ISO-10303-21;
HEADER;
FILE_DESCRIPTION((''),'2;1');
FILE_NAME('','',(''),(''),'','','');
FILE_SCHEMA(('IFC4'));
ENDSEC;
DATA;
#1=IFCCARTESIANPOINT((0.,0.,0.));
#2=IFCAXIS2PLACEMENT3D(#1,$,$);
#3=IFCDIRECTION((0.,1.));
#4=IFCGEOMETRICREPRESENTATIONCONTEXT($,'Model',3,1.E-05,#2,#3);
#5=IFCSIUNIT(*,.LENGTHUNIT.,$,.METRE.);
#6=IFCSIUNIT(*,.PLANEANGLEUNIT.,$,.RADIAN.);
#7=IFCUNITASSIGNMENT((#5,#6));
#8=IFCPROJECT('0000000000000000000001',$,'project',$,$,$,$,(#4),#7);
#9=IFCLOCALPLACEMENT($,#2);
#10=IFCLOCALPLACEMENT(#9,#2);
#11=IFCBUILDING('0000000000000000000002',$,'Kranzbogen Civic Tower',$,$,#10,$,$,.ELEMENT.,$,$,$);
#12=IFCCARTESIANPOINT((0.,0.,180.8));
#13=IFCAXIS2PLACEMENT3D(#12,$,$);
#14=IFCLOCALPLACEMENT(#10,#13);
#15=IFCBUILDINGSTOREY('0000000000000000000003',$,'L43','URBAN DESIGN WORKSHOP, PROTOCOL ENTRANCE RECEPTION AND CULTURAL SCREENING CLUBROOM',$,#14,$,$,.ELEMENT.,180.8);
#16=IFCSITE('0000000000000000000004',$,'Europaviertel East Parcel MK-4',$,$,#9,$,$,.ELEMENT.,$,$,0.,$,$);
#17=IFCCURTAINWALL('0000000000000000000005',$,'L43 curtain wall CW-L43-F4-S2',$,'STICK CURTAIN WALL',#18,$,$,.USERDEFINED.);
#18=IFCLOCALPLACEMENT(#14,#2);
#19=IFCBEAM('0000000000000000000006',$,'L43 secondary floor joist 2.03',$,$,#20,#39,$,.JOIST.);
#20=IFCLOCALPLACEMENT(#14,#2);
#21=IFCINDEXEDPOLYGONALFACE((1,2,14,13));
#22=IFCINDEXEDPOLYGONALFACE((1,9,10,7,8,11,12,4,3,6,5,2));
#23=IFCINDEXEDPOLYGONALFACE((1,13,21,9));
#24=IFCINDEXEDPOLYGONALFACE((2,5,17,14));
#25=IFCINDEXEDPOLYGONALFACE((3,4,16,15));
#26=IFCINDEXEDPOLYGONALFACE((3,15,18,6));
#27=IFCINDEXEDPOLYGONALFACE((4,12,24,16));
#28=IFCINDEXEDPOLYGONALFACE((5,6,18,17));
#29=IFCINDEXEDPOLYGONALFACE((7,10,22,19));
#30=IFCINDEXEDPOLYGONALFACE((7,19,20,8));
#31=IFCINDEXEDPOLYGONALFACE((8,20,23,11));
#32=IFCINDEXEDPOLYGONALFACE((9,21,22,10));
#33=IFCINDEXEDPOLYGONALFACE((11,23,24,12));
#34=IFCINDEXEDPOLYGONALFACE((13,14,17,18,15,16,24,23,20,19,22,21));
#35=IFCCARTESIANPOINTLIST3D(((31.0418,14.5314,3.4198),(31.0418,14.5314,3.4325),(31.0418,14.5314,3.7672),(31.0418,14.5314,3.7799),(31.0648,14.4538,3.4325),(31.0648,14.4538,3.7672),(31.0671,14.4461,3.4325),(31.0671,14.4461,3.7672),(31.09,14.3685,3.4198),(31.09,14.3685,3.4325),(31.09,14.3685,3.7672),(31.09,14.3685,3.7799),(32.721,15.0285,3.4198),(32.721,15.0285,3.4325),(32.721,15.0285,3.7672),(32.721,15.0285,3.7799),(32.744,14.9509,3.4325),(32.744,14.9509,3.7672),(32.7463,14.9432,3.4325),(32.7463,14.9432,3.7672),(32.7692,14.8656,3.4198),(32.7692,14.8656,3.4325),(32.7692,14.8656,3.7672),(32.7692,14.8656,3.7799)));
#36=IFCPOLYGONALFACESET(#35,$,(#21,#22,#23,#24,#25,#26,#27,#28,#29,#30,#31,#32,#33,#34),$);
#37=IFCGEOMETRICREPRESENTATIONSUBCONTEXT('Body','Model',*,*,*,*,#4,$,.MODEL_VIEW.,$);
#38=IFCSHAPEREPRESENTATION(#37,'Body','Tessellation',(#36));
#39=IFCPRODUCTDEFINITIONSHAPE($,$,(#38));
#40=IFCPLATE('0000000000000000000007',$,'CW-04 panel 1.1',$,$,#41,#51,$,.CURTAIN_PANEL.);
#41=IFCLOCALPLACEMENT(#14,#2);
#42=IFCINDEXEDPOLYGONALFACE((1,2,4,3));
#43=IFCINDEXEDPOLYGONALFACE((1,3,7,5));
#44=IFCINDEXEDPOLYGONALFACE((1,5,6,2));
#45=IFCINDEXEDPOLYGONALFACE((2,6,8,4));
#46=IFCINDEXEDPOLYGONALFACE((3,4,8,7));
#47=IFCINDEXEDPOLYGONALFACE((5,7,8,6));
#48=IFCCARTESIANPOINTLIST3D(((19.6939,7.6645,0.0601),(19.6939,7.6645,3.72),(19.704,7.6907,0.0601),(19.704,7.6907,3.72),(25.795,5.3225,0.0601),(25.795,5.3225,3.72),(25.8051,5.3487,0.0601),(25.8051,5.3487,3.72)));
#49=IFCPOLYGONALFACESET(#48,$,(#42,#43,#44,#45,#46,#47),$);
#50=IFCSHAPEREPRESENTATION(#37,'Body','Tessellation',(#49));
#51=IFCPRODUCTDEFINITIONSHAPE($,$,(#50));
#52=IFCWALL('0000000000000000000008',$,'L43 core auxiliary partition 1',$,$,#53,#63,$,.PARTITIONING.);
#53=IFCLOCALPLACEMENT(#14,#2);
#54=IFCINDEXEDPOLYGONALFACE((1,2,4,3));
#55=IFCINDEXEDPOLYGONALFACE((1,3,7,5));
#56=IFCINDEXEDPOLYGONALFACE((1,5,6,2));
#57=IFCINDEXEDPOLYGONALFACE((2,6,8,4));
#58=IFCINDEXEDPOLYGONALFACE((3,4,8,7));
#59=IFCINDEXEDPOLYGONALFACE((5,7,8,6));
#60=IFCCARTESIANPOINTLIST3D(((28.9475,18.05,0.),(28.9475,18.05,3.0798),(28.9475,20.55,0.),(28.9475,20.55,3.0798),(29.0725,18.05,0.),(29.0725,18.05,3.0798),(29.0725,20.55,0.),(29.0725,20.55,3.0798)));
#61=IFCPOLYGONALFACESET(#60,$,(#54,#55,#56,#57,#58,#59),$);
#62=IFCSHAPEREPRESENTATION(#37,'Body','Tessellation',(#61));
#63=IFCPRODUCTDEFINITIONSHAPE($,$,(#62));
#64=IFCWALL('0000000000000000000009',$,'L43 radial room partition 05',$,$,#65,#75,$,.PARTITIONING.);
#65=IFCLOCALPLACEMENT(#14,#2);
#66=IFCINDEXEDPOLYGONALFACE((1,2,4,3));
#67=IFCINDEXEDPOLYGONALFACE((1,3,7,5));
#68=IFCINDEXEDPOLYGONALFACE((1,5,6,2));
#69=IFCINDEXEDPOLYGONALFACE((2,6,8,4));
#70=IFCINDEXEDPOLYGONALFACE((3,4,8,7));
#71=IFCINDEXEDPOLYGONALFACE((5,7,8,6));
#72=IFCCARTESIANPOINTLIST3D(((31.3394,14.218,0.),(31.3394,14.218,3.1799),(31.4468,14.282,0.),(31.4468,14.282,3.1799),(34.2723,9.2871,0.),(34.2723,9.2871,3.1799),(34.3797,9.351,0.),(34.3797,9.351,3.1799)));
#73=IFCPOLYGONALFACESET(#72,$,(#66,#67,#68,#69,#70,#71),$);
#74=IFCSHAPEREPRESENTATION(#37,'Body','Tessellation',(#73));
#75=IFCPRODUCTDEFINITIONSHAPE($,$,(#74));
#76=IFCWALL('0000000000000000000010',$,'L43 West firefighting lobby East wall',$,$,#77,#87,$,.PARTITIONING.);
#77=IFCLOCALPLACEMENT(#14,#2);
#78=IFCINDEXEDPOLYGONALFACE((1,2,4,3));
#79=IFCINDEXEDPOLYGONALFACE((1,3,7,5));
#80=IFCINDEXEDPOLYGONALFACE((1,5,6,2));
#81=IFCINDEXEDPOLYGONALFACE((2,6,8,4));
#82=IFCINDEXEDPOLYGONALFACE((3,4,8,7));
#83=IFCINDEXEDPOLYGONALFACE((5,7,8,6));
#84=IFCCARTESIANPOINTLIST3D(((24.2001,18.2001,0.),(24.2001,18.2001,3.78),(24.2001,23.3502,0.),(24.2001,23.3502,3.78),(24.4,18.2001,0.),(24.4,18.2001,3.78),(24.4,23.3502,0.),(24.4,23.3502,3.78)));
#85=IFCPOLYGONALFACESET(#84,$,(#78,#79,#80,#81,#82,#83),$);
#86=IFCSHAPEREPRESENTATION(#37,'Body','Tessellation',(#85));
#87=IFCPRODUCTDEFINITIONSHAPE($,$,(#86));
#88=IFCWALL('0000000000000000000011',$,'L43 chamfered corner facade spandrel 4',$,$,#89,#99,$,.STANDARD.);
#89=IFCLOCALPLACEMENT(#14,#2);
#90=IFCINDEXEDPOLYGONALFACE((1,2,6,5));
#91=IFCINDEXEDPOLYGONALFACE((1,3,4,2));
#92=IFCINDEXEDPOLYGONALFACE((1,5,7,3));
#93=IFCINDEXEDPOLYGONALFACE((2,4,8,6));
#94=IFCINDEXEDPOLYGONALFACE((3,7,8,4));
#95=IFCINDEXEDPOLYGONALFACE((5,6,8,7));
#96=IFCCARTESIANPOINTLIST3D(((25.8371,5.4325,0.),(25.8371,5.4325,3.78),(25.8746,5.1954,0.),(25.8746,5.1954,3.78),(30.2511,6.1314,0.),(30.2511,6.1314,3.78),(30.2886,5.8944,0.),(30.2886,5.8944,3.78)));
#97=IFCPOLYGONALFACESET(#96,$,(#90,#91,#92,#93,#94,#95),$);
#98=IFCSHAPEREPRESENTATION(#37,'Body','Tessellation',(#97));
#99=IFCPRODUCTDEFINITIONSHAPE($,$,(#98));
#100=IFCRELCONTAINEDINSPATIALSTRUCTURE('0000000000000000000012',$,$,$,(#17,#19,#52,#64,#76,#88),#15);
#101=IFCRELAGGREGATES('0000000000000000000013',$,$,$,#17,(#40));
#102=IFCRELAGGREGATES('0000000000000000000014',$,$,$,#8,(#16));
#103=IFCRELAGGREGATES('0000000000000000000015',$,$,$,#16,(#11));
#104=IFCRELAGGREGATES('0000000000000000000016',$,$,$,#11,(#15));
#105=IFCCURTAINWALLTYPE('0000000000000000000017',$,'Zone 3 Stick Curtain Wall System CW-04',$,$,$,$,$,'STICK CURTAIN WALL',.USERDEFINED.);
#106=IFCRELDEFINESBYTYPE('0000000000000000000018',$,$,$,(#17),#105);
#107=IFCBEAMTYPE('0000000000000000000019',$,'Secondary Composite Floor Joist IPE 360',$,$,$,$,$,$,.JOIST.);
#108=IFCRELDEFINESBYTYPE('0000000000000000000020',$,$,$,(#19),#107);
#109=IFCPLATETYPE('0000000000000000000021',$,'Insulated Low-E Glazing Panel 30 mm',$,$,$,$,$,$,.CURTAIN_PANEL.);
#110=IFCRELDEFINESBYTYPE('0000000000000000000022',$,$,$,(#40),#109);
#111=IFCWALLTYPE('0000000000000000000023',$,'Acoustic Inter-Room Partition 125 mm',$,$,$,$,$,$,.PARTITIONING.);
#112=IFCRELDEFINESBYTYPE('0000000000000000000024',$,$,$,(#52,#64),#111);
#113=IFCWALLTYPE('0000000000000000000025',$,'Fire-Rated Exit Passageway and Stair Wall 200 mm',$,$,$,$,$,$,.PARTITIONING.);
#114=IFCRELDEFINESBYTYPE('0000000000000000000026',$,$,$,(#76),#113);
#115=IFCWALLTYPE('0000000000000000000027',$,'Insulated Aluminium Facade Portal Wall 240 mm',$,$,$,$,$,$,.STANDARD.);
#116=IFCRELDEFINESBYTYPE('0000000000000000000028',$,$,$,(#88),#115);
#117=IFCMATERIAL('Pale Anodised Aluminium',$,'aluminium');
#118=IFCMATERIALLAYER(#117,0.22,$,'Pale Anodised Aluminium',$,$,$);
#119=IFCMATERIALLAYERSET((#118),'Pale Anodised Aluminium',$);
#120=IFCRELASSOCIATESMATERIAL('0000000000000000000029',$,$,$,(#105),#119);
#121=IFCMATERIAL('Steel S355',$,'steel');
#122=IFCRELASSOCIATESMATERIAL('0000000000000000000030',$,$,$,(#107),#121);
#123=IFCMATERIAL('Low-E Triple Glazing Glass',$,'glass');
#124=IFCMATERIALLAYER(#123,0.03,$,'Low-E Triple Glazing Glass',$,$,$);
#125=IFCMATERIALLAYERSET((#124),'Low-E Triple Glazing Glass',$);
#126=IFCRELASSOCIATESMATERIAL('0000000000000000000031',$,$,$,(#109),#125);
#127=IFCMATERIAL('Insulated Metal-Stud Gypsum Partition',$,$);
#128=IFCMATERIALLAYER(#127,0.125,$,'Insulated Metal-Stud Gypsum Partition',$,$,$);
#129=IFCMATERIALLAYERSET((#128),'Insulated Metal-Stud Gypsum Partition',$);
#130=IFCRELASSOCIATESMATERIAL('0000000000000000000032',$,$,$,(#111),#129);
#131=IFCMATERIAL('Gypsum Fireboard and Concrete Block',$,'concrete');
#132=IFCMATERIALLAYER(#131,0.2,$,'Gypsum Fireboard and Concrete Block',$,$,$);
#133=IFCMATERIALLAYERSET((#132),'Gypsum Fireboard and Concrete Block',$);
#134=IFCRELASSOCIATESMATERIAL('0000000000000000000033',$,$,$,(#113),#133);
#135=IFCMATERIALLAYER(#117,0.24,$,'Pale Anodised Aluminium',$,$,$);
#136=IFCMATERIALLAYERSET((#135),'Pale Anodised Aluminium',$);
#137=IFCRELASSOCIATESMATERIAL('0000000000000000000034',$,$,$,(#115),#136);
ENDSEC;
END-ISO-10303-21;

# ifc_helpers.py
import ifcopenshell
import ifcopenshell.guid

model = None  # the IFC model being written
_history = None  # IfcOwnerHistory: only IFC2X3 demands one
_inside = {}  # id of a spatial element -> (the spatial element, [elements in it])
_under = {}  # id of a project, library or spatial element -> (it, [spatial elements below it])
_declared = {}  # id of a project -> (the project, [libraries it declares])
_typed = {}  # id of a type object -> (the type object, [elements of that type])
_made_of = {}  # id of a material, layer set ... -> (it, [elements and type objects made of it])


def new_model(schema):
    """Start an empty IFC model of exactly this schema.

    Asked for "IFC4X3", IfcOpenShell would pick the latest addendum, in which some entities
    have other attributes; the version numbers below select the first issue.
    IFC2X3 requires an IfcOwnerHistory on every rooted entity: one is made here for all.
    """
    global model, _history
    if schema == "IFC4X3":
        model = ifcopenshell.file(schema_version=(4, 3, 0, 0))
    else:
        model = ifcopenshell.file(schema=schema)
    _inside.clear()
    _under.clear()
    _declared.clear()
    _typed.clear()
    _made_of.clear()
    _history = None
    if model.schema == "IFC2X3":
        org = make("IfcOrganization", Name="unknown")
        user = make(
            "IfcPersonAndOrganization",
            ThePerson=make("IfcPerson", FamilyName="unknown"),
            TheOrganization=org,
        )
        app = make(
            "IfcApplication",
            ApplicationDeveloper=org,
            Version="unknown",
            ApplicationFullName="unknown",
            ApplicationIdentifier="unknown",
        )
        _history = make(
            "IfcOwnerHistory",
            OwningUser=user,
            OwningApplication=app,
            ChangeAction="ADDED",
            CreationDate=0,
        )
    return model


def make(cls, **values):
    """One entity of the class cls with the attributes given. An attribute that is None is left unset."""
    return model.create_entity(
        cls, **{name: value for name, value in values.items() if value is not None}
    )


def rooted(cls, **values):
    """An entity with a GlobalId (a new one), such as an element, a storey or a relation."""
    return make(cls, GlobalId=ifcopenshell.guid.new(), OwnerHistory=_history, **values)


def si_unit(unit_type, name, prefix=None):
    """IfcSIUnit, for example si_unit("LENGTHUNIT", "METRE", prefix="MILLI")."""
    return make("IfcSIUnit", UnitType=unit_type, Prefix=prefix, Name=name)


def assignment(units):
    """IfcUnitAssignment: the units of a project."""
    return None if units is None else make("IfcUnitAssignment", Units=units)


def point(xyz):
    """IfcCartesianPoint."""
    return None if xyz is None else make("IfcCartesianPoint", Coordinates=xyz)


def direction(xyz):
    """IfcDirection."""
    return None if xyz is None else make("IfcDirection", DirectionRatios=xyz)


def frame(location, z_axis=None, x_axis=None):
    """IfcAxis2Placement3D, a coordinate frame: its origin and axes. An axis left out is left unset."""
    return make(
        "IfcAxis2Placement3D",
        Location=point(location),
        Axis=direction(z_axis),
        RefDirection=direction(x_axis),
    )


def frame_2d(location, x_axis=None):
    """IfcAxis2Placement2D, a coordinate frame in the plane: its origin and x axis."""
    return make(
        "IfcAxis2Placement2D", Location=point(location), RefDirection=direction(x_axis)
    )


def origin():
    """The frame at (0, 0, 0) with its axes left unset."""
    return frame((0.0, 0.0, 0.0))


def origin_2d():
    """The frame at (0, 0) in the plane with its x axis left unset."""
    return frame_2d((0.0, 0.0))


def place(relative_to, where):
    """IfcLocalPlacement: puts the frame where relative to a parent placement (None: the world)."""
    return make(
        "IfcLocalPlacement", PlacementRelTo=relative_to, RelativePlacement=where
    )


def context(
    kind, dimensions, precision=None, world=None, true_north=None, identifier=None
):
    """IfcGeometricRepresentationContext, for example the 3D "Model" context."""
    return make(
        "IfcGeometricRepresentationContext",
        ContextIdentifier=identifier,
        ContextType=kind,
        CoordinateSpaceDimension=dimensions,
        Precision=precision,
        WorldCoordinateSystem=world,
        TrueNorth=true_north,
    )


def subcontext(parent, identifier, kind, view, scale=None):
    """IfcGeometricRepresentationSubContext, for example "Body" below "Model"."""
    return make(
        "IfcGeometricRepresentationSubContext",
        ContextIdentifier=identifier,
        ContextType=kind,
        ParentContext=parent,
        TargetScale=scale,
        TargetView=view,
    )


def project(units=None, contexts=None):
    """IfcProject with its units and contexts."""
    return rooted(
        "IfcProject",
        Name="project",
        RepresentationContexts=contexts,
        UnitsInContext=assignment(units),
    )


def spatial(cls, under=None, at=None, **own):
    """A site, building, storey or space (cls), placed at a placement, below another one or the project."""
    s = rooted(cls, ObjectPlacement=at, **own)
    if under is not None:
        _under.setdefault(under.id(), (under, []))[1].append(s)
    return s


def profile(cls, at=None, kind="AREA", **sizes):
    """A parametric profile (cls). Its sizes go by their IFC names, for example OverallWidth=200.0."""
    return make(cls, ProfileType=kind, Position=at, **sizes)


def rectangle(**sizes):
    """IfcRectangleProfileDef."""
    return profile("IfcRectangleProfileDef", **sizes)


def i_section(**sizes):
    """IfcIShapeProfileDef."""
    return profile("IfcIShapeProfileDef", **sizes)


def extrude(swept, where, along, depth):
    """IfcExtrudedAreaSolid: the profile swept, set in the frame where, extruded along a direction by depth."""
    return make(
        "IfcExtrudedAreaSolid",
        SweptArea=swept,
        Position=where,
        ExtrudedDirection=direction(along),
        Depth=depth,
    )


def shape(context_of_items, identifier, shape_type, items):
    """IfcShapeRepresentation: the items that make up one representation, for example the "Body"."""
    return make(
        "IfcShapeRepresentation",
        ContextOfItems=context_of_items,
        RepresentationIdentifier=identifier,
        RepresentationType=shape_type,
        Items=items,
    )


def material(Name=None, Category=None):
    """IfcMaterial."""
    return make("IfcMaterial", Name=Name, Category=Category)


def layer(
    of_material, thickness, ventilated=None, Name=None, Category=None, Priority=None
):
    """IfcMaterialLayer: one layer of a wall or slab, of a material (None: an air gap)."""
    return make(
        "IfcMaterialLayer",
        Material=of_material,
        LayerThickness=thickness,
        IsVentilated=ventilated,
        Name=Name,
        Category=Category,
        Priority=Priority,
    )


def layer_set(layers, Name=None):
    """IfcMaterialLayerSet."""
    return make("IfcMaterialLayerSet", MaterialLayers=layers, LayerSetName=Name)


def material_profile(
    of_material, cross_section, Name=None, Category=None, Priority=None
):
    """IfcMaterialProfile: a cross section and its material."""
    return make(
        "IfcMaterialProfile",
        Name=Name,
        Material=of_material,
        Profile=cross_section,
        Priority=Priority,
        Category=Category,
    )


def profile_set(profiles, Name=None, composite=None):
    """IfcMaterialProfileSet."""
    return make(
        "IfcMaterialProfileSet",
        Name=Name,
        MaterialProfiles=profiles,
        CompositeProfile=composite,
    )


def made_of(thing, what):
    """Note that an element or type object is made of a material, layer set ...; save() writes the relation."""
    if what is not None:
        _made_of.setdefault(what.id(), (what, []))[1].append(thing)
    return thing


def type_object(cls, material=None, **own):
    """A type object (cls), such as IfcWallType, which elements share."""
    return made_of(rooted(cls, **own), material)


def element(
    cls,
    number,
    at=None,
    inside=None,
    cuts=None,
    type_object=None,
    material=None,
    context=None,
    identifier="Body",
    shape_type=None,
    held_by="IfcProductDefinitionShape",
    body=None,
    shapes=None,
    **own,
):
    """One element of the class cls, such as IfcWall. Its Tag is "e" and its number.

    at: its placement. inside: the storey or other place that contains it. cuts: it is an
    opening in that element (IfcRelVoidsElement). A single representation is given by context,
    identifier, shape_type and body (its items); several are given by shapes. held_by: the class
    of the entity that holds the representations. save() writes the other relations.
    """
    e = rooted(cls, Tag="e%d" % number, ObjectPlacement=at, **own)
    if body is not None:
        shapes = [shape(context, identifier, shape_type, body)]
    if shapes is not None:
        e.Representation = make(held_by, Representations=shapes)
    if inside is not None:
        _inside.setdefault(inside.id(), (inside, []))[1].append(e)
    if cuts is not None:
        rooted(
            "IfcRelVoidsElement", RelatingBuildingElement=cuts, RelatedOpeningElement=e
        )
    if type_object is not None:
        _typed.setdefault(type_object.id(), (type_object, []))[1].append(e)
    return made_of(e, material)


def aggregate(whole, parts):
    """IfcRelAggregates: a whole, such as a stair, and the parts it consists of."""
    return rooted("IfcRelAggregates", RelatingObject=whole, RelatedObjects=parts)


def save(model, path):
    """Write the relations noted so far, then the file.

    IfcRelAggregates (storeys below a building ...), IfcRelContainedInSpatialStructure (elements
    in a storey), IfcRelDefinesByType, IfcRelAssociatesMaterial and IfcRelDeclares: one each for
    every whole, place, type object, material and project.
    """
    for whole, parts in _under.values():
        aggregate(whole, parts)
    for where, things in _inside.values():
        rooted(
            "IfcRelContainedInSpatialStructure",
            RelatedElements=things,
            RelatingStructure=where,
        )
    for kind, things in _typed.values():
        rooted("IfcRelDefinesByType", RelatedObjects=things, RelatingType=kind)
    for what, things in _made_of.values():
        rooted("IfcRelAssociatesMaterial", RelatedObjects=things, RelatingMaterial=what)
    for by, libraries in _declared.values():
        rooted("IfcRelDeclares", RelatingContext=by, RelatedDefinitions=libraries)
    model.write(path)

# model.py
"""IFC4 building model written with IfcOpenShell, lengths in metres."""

from ifc_helpers import new_model, si_unit, direction, frame, frame_2d, origin, origin_2d, place, context, subcontext, project, spatial, rectangle, i_section, extrude, material, layer, layer_set, material_profile, profile_set, type_object, element, aggregate, save


model = new_model("IFC4")

# Units and contexts
model_context = context("Model", 3, precision=1e-05, world=origin(), true_north=direction((0.0, 1.0)))
body_context = subcontext(model_context, "Body", "Model", "MODEL_VIEW")
ifc_project = project(units=[si_unit("LENGTHUNIT", "METRE"), si_unit("PLANEANGLEUNIT", "RADIAN")], contexts=[model_context])

# Site, building, storey
site_placement = place(None, origin())
site = spatial("IfcSite", under=ifc_project, at=site_placement, Name="Europaviertel East Parcel MK-4", CompositionType="ELEMENT", RefElevation=0.0)
building_placement = place(site_placement, origin())
building = spatial("IfcBuilding", under=site, at=building_placement, Name="Kranzbogen Civic Tower", CompositionType="ELEMENT")
storey_placement = place(building_placement, frame((0.0, 0.0, 180.8)))
storey = spatial("IfcBuildingStorey", under=building, at=storey_placement, Name="L43", Description="URBAN DESIGN WORKSHOP, PROTOCOL ENTRANCE RECEPTION AND CULTURAL SCREENING CLUBROOM", CompositionType="ELEMENT", Elevation=180.8)

# Shared definitions
ifc_material_1 = material(Name="Steel S355", Category="steel")

# Curtain wall
ifc_material_2 = material(Name="Pale Anodised Aluminium", Category="aluminium")
ifc_layer_1 = layer(ifc_material_2, 0.22, Name="Pale Anodised Aluminium")
ifc_layer_set_1 = layer_set([ifc_layer_1], Name="Pale Anodised Aluminium")
curtain_wall_type = type_object("IfcCurtainWallType", Name="Zone 3 Stick Curtain Wall System CW-04", ElementType="STICK CURTAIN WALL", PredefinedType="USERDEFINED", material=ifc_layer_set_1)
curtain_wall_1_placement = place(storey_placement, origin())
curtain_wall_1 = element("IfcCurtainWall", 1, at=curtain_wall_1_placement, inside=storey, type_object=curtain_wall_type, Name="L43 curtain wall CW-L43-F4-S2", ObjectType="STICK CURTAIN WALL", PredefinedType="USERDEFINED")

# Beam
ifc_material_profile_1 = material_profile(ifc_material_1, i_section(OverallWidth=0.1699, OverallDepth=0.3601, WebThickness=0.0081, FlangeThickness=0.0127, at=origin_2d()), Name="IPE 360")
ifc_profile_set_1 = profile_set([ifc_material_profile_1], Name="Steel S355")
beam_type_1 = type_object("IfcBeamType", Name="Secondary Composite Floor Joist IPE 360", PredefinedType="JOIST", material=ifc_profile_set_1)
beam_1_placement = place(storey_placement, frame((31.0659, 14.45, 3.5999), z_axis=(0.958871, 0.283841, 0.0), x_axis=(-0.283841, 0.958871, 0.0)))
element("IfcBeam", 2, at=beam_1_placement, inside=storey, type_object=beam_type_1, Name="L43 secondary floor joist 2.03", PredefinedType="JOIST", context=body_context, shape_type="SweptSolid", body=[
    extrude(i_section(OverallWidth=0.1699, OverallDepth=0.3601, WebThickness=0.0081, FlangeThickness=0.0127, at=origin_2d()), origin(), (0.0, 0.0, 1.0), 1.7512),
])

# Plate
ifc_material_3 = material(Name="Low-E Triple Glazing Glass", Category="glass")
ifc_layer_2 = layer(ifc_material_3, 0.03, Name="Low-E Triple Glazing Glass")
ifc_layer_set_2 = layer_set([ifc_layer_2], Name="Low-E Triple Glazing Glass")
plate_type = type_object("IfcPlateType", Name="Insulated Low-E Glazing Panel 30 mm", PredefinedType="CURTAIN_PANEL", material=ifc_layer_set_2)
plate_placement = place(storey_placement, frame((22.7495, 6.5066, 0.0601), z_axis=(0.0, 0.0, 1.0), x_axis=(0.933578, -0.358375, 0.0)))
plate = element("IfcPlate", 3, at=plate_placement, type_object=plate_type, Name="CW-04 panel 1.1", PredefinedType="CURTAIN_PANEL", context=body_context, shape_type="SweptSolid", body=[
    extrude(rectangle(XDim=6.5352, YDim=0.0281, at=origin_2d()), origin(), (0.0, 0.0, 1.0), 3.6599),
])
aggregate(curtain_wall_1, [plate])

# Walls
ifc_material_4 = material(Name="Insulated Metal-Stud Gypsum Partition")
ifc_layer_3 = layer(ifc_material_4, 0.125, Name="Insulated Metal-Stud Gypsum Partition")
ifc_layer_set_3 = layer_set([ifc_layer_3], Name="Insulated Metal-Stud Gypsum Partition")
wall_type_1 = type_object("IfcWallType", Name="Acoustic Inter-Room Partition 125 mm", PredefinedType="PARTITIONING", material=ifc_layer_set_3)
wall_1_placement = place(storey_placement, frame((29.01, 18.05, 0.0), z_axis=(0.0, 0.0, 1.0), x_axis=(0.0, 1.0, 0.0)))
element("IfcWall", 4, at=wall_1_placement, inside=storey, type_object=wall_type_1, Name="L43 core auxiliary partition 1", PredefinedType="PARTITIONING", context=body_context, shape_type="SweptSolid", body=[
    extrude(rectangle(XDim=2.5, YDim=0.125, at=frame_2d((1.25, 0.0))), origin(), (0.0, 0.0, 1.0), 3.0798),
])
wall_2_placement = place(storey_placement, frame((31.3931, 14.25, 0.0), z_axis=(0.0, 0.0, 1.0), x_axis=(0.5112, -0.859462, 0.0)))
element("IfcWall", 5, at=wall_2_placement, inside=storey, type_object=wall_type_1, Name="L43 radial room partition 05", PredefinedType="PARTITIONING", context=body_context, shape_type="SweptSolid", body=[
    extrude(rectangle(XDim=5.7373, YDim=0.125, at=frame_2d((2.8687, 0.0))), origin(), (0.0, 0.0, 1.0), 3.1799),
])
ifc_material_5 = material(Name="Gypsum Fireboard and Concrete Block", Category="concrete")
ifc_layer_4 = layer(ifc_material_5, 0.2, Name="Gypsum Fireboard and Concrete Block")
ifc_layer_set_4 = layer_set([ifc_layer_4], Name="Gypsum Fireboard and Concrete Block")
wall_type_2 = type_object("IfcWallType", Name="Fire-Rated Exit Passageway and Stair Wall 200 mm", PredefinedType="PARTITIONING", material=ifc_layer_set_4)
wall_3_placement = place(storey_placement, frame((24.3, 18.2, 0.0), z_axis=(0.0, 0.0, 1.0), x_axis=(0.0, 1.0, 0.0)))
element("IfcWall", 6, at=wall_3_placement, inside=storey, type_object=wall_type_2, Name="L43 West firefighting lobby East wall", PredefinedType="PARTITIONING", context=body_context, shape_type="SweptSolid", body=[
    extrude(rectangle(XDim=5.1501, YDim=0.2, at=frame_2d((2.5752, 0.0))), origin(), (0.0, 0.0, 1.0), 3.78),
])
ifc_layer_5 = layer(ifc_material_2, 0.24, Name="Pale Anodised Aluminium")
ifc_layer_set_5 = layer_set([ifc_layer_5], Name="Pale Anodised Aluminium")
wall_type_3 = type_object("IfcWallType", Name="Insulated Aluminium Facade Portal Wall 240 mm", PredefinedType="STANDARD", material=ifc_layer_set_5)
wall_4_placement = place(storey_placement, frame((25.856, 5.314, 0.0), z_axis=(0.0, 0.0, 1.0), x_axis=(0.987693, 0.156403, 0.0)))
element("IfcWall", 7, at=wall_4_placement, inside=storey, type_object=wall_type_3, Name="L43 chamfered corner facade spandrel 4", PredefinedType="STANDARD", context=body_context, shape_type="SweptSolid", body=[
    extrude(rectangle(XDim=4.469, YDim=0.24, at=frame_2d((2.2344, 0.0))), origin(), (0.0, 0.0, 1.0), 3.78),
])

save(model, "model.ifc")
